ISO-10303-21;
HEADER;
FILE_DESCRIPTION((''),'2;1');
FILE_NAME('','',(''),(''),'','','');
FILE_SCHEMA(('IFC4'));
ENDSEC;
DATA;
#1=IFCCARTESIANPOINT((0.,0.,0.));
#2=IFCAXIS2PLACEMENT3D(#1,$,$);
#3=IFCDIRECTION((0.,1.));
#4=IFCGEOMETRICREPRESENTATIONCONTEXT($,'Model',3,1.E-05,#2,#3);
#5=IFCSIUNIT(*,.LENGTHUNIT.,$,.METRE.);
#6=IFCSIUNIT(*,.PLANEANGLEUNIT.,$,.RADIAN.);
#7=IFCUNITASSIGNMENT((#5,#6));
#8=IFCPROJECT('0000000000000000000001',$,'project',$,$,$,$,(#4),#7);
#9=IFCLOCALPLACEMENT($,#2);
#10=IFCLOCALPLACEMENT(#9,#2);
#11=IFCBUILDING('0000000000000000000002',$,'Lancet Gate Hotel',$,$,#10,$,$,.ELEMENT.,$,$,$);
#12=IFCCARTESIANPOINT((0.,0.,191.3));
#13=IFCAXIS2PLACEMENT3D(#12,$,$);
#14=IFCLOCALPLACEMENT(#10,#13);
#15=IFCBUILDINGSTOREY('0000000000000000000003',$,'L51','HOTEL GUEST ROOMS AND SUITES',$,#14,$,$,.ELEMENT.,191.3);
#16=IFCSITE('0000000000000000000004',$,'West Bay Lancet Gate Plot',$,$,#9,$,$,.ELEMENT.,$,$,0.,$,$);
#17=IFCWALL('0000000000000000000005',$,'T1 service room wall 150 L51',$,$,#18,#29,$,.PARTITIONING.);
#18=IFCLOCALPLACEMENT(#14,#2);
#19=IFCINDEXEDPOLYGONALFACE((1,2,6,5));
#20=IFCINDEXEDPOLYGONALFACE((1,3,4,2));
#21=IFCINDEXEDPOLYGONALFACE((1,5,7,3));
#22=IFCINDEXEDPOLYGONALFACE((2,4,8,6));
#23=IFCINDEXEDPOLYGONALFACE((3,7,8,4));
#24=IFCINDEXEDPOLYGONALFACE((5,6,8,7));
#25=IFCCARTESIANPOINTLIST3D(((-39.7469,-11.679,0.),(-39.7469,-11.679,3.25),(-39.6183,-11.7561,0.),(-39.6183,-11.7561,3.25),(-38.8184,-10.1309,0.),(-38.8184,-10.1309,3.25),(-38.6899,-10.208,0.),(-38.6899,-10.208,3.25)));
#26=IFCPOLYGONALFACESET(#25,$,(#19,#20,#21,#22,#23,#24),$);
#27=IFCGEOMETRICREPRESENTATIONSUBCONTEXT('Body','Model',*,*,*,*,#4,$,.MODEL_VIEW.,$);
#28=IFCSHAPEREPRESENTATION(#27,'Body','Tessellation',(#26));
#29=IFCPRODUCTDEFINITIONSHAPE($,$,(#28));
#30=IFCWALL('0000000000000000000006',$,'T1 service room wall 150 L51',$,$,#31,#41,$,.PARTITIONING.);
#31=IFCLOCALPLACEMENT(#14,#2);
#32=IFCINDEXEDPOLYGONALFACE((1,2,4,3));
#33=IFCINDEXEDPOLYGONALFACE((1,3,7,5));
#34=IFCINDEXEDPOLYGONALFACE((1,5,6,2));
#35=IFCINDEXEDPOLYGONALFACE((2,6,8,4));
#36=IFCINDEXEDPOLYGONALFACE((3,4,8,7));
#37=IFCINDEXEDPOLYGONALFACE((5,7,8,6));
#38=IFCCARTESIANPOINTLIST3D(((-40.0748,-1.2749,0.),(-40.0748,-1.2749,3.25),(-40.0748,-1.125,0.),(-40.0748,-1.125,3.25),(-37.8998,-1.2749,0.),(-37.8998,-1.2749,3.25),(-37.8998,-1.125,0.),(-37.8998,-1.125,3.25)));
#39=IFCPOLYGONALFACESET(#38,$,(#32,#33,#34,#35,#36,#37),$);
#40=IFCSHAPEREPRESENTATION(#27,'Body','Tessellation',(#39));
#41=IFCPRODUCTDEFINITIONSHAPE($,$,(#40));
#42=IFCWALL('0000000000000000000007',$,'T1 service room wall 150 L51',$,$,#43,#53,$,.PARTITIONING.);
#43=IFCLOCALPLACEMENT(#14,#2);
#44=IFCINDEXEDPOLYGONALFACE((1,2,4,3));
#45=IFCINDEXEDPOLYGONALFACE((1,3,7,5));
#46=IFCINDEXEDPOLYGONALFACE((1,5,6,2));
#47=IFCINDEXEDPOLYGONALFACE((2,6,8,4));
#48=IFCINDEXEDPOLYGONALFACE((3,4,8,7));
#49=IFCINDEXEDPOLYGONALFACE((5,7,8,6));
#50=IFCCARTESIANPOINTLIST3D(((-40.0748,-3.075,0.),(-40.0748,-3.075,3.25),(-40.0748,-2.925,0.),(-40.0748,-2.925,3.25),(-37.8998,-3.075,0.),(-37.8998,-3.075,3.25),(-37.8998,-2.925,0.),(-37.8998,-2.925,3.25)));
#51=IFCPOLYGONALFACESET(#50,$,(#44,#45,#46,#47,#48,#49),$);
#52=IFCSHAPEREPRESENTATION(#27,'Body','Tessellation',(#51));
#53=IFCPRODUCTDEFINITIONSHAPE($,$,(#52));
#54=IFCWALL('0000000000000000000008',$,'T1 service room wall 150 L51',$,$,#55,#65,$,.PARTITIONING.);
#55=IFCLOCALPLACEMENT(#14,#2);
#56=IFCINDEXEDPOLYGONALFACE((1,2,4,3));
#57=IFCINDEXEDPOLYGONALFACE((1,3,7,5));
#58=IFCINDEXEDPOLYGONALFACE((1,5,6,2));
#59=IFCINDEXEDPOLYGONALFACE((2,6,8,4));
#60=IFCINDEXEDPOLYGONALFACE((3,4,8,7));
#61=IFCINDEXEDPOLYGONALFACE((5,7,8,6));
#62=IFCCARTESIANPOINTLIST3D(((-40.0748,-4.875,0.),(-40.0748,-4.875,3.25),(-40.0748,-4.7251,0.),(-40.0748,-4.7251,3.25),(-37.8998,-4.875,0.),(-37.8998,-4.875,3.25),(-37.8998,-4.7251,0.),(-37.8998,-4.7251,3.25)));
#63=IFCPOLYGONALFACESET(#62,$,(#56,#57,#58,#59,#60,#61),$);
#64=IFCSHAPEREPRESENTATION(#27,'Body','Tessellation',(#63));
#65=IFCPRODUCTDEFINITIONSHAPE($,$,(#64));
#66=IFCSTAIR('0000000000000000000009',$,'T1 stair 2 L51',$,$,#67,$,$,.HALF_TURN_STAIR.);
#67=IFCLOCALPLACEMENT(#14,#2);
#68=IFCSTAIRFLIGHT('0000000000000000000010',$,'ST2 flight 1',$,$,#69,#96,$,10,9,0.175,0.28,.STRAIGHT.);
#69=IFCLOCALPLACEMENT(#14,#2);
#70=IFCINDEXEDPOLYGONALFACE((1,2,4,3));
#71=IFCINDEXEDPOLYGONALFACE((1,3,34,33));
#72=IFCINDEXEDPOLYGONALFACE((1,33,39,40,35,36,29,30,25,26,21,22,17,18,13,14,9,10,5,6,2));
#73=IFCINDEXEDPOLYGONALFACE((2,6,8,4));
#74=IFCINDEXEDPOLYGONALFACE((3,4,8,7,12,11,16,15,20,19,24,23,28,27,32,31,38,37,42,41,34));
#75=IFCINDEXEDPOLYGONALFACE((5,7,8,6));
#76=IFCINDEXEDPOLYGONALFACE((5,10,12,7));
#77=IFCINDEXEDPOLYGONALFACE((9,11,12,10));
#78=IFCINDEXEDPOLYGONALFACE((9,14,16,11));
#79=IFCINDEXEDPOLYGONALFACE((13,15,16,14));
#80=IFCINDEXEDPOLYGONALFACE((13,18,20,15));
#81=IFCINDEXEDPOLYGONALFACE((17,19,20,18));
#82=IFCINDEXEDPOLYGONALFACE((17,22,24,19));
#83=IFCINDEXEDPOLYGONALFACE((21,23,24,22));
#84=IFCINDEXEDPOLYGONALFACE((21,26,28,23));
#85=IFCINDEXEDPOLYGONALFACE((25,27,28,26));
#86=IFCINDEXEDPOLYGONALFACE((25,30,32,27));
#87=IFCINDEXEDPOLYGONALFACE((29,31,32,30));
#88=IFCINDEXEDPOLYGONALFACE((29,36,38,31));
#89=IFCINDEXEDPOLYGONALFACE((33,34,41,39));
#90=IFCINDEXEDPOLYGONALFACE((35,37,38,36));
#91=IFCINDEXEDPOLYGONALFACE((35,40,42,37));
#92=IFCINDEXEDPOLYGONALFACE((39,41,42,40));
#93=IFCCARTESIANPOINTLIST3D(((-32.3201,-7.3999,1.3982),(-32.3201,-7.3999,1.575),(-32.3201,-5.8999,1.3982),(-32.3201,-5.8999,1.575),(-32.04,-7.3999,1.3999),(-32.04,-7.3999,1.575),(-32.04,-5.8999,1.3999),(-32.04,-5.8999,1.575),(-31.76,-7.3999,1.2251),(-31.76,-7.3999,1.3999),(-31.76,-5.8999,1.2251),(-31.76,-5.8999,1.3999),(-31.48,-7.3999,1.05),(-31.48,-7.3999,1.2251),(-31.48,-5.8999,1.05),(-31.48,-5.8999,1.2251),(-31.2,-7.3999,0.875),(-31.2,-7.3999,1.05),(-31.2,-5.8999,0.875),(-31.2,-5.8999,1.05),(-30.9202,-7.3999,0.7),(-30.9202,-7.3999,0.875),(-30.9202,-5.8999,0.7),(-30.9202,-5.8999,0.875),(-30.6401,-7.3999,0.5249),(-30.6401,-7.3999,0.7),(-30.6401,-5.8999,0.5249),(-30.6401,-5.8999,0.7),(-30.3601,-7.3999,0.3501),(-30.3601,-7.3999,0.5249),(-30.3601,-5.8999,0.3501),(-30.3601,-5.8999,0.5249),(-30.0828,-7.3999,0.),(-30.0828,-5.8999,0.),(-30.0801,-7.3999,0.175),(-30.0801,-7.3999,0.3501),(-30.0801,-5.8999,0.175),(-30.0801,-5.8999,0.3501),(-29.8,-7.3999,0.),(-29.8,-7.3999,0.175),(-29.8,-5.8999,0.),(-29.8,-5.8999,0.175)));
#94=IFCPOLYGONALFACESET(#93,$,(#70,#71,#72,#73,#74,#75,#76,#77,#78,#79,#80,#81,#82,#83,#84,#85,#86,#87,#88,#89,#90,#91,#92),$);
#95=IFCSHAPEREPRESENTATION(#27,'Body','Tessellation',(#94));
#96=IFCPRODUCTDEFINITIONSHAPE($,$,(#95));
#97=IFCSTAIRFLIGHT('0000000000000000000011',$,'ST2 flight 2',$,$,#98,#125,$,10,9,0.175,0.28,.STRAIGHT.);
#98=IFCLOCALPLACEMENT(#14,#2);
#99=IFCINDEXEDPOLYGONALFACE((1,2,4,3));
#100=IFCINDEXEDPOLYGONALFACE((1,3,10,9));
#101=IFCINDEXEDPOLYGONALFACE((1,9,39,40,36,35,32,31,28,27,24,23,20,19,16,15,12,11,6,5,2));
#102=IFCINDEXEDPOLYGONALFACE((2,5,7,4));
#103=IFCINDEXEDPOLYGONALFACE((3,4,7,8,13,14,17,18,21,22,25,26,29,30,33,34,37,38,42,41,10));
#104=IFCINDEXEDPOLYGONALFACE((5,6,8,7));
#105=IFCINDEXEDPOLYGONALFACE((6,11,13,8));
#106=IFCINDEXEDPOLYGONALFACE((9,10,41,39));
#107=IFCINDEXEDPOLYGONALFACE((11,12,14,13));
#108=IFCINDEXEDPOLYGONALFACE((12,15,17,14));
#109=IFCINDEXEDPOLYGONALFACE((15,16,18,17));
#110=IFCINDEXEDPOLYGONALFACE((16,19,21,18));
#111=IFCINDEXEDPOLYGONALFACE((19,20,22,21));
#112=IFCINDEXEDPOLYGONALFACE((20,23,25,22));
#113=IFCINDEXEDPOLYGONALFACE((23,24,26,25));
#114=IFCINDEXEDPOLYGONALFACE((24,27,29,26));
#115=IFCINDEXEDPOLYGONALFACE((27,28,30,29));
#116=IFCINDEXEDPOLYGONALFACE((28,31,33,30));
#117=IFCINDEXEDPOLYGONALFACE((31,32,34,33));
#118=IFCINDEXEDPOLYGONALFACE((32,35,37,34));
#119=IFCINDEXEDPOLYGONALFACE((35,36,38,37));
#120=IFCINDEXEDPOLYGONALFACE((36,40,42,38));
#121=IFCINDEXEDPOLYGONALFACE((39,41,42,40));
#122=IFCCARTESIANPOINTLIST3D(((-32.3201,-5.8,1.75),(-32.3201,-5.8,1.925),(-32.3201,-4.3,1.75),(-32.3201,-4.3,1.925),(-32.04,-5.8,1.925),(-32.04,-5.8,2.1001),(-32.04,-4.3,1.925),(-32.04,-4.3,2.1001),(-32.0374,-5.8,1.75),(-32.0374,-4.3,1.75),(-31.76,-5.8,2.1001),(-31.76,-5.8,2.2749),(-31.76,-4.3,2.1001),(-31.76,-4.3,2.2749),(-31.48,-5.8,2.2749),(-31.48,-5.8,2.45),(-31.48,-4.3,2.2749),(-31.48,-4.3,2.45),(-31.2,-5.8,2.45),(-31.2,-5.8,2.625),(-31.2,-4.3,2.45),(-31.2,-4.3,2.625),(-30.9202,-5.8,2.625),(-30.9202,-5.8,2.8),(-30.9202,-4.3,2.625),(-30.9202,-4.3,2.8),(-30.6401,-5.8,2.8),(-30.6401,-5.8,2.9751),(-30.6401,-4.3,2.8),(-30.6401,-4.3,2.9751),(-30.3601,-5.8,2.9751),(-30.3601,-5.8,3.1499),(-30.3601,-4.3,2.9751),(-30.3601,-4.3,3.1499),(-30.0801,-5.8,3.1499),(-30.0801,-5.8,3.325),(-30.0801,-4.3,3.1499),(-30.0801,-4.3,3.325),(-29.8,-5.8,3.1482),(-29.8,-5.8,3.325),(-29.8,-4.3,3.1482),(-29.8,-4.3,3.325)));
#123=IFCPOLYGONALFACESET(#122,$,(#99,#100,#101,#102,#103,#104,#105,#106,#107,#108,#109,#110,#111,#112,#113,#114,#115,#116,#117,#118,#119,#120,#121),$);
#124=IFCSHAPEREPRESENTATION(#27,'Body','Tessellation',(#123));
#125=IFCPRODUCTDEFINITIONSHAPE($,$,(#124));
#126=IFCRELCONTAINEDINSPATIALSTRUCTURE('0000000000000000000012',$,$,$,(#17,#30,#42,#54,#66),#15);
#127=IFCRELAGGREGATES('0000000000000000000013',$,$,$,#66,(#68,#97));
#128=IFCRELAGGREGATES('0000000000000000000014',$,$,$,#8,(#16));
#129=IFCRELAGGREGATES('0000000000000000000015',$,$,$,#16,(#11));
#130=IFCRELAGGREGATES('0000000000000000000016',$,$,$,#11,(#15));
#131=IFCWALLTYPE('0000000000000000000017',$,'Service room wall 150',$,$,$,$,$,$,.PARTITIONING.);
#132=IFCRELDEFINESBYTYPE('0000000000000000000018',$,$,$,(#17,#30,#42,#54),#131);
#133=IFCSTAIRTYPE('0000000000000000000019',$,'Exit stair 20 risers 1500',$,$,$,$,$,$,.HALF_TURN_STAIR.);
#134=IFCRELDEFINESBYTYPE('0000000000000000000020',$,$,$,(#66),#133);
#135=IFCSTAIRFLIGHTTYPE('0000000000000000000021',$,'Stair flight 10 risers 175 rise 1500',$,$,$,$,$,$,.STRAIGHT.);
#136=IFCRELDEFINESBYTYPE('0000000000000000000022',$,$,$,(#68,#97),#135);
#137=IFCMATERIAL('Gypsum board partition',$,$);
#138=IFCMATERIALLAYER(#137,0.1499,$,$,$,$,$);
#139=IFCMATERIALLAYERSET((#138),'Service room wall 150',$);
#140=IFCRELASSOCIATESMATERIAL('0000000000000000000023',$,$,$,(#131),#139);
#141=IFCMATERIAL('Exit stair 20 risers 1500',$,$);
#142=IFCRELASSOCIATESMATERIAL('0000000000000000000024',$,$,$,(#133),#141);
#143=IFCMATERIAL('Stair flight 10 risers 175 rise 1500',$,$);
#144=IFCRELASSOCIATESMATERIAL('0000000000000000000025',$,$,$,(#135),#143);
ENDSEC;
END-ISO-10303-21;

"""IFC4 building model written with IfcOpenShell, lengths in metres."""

from ifc_helpers import new_model, si_unit, direction, frame, frame_2d, origin, place, context, subcontext, project, spatial, polyline, rectangle, outline, extrude, material, layer, layer_set, type_object, element, aggregate, save


model = new_model("IFC4")

# Units and contexts
model_context = context("Model", 3, precision=1e-05, world=origin(), true_north=direction((0.0, 1.0)))
body_context = subcontext(model_context, "Body", "Model", "MODEL_VIEW")
ifc_project = project(units=[si_unit("LENGTHUNIT", "METRE"), si_unit("PLANEANGLEUNIT", "RADIAN")], contexts=[model_context])

# Site, building, storey
site_placement = place(None, origin())
site = spatial("IfcSite", under=ifc_project, at=site_placement, Name="West Bay Lancet Gate Plot", CompositionType="ELEMENT", RefElevation=0.0)
building_placement = place(site_placement, origin())
building = spatial("IfcBuilding", under=site, at=building_placement, Name="Lancet Gate Hotel", CompositionType="ELEMENT")
storey_placement = place(building_placement, frame((0.0, 0.0, 191.3)))
storey = spatial("IfcBuildingStorey", under=building, at=storey_placement, Name="L51", Description="HOTEL GUEST ROOMS AND SUITES", CompositionType="ELEMENT", Elevation=191.3)

# Walls
ifc_material_1 = material(Name="Gypsum board partition")
ifc_layer_1 = layer(ifc_material_1, 0.1499)
ifc_layer_set_1 = layer_set([ifc_layer_1], Name="Service room wall 150")
wall_type_1 = type_object("IfcWallType", Name="Service room wall 150", PredefinedType="PARTITIONING", material=ifc_layer_set_1)
wall_1_placement = place(storey_placement, frame((-39.6826, -11.7175, 0.0), z_axis=(0.0, 0.0, 1.0), x_axis=(0.514337, 0.857588, 0.0)))
element("IfcWall", 1, at=wall_1_placement, inside=storey, type_object=wall_type_1, Name="T1 service room wall 150 L51", PredefinedType="PARTITIONING", context=body_context, shape_type="SweptSolid", body=[
    extrude(rectangle(XDim=1.8052, YDim=0.1499, at=frame_2d((0.9026, 0.0))), origin(), (0.0, 0.0, 1.0), 3.25),
])
for number, where, z_axis, x_axis, name in (
    (2, (-37.8999, -1.2, 0.0), (0.0, 0.0, 1.0), (-1.0, 0.0, 0.0), "T1 service room wall 150 L51"),
    (3, (-37.8999, -3.0, 0.0), (0.0, 0.0, 1.0), (-1.0, 0.0, 0.0), "T1 service room wall 150 L51"),
    (4, (-37.8999, -4.8, 0.0), (0.0, 0.0, 1.0), (-1.0, 0.0, 0.0), "T1 service room wall 150 L51"),
):
    element("IfcWall", number, at=place(storey_placement, frame(where, z_axis=z_axis, x_axis=x_axis)), inside=storey, type_object=wall_type_1, Name=name, PredefinedType="PARTITIONING", context=body_context, shape_type="SweptSolid", body=[
        extrude(rectangle(XDim=2.175, YDim=0.1499, at=frame_2d((1.0874, 0.0))), origin(), (0.0, 0.0, 1.0), 3.25),
    ])

# Stair, stair flights
ifc_material_2 = material(Name="Exit stair 20 risers 1500")
stair_type = type_object("IfcStairType", Name="Exit stair 20 risers 1500", PredefinedType="HALF_TURN_STAIR", material=ifc_material_2)
stair_placement = place(storey_placement, origin())
stair = element("IfcStair", 5, at=stair_placement, inside=storey, type_object=stair_type, Name="T1 stair 2 L51", PredefinedType="HALF_TURN_STAIR")
ifc_material_3 = material(Name="Stair flight 10 risers 175 rise 1500")
stair_flight_type = type_object("IfcStairFlightType", Name="Stair flight 10 risers 175 rise 1500", PredefinedType="STRAIGHT", material=ifc_material_3)
stair_flight_1_placement = place(storey_placement, frame((-29.8, -6.6499, 0.0), z_axis=(0.0, 0.0, 1.0), x_axis=(-1.0, 0.0, 0.0)))
stair_flight_1 = element("IfcStairFlight", 6, at=stair_flight_1_placement, type_object=stair_flight_type, Name="ST2 flight 1", NumberOfRisers=10, NumberOfTreads=9, PredefinedType="STRAIGHT", RiserHeight=0.175, TreadLength=0.28, context=body_context, shape_type="SweptSolid", body=[
    extrude(outline(polyline([(0.0, 0.0), (0.0, 0.175), (0.28, 0.175), (0.28, 0.3501), (0.5601, 0.3501), (0.5601, 0.5249), (0.8401, 0.5249), (0.8401, 0.7), (1.1201, 0.7), (1.1201, 0.875), (1.3999, 0.875), (1.3999, 1.05), (1.6799, 1.05), (1.6799, 1.2251), (1.96, 1.2251), (1.96, 1.3999), (2.24, 1.3999), (2.24, 1.575), (2.52, 1.575), (2.52, 1.75), (2.52, 1.3982), (0.2827, 0.0), (0.0, 0.0)])), frame((0.0, 0.75, 0.0), z_axis=(0.0, -1.0, 0.0), x_axis=(1.0, 0.0, 0.0)), (0.0, 0.0, 1.0), 1.5),
])
stair_flight_2_placement = place(storey_placement, frame((-32.3201, -5.05, 1.75), z_axis=(0.0, 0.0, 1.0), x_axis=(1.0, 0.0, 0.0)))
stair_flight_2 = element("IfcStairFlight", 7, at=stair_flight_2_placement, type_object=stair_flight_type, Name="ST2 flight 2", NumberOfRisers=10, NumberOfTreads=9, PredefinedType="STRAIGHT", RiserHeight=0.175, TreadLength=0.28, context=body_context, shape_type="SweptSolid", body=[
    extrude(outline(polyline([(0.0, 0.0), (0.0, 0.175), (0.28, 0.175), (0.28, 0.3501), (0.5601, 0.3501), (0.5601, 0.5249), (0.8401, 0.5249), (0.8401, 0.7), (1.1201, 0.7), (1.1201, 0.875), (1.3999, 0.875), (1.3999, 1.05), (1.6799, 1.05), (1.6799, 1.2251), (1.96, 1.2251), (1.96, 1.3999), (2.24, 1.3999), (2.24, 1.575), (2.52, 1.575), (2.52, 1.75), (2.52, 1.3982), (0.2827, 0.0), (0.0, 0.0)])), frame((0.0, 0.75, 0.0), z_axis=(0.0, -1.0, 0.0), x_axis=(1.0, 0.0, 0.0)), (0.0, 0.0, 1.0), 1.5),
])
aggregate(stair, [stair_flight_1, stair_flight_2])

save(model, "model.ifc")
